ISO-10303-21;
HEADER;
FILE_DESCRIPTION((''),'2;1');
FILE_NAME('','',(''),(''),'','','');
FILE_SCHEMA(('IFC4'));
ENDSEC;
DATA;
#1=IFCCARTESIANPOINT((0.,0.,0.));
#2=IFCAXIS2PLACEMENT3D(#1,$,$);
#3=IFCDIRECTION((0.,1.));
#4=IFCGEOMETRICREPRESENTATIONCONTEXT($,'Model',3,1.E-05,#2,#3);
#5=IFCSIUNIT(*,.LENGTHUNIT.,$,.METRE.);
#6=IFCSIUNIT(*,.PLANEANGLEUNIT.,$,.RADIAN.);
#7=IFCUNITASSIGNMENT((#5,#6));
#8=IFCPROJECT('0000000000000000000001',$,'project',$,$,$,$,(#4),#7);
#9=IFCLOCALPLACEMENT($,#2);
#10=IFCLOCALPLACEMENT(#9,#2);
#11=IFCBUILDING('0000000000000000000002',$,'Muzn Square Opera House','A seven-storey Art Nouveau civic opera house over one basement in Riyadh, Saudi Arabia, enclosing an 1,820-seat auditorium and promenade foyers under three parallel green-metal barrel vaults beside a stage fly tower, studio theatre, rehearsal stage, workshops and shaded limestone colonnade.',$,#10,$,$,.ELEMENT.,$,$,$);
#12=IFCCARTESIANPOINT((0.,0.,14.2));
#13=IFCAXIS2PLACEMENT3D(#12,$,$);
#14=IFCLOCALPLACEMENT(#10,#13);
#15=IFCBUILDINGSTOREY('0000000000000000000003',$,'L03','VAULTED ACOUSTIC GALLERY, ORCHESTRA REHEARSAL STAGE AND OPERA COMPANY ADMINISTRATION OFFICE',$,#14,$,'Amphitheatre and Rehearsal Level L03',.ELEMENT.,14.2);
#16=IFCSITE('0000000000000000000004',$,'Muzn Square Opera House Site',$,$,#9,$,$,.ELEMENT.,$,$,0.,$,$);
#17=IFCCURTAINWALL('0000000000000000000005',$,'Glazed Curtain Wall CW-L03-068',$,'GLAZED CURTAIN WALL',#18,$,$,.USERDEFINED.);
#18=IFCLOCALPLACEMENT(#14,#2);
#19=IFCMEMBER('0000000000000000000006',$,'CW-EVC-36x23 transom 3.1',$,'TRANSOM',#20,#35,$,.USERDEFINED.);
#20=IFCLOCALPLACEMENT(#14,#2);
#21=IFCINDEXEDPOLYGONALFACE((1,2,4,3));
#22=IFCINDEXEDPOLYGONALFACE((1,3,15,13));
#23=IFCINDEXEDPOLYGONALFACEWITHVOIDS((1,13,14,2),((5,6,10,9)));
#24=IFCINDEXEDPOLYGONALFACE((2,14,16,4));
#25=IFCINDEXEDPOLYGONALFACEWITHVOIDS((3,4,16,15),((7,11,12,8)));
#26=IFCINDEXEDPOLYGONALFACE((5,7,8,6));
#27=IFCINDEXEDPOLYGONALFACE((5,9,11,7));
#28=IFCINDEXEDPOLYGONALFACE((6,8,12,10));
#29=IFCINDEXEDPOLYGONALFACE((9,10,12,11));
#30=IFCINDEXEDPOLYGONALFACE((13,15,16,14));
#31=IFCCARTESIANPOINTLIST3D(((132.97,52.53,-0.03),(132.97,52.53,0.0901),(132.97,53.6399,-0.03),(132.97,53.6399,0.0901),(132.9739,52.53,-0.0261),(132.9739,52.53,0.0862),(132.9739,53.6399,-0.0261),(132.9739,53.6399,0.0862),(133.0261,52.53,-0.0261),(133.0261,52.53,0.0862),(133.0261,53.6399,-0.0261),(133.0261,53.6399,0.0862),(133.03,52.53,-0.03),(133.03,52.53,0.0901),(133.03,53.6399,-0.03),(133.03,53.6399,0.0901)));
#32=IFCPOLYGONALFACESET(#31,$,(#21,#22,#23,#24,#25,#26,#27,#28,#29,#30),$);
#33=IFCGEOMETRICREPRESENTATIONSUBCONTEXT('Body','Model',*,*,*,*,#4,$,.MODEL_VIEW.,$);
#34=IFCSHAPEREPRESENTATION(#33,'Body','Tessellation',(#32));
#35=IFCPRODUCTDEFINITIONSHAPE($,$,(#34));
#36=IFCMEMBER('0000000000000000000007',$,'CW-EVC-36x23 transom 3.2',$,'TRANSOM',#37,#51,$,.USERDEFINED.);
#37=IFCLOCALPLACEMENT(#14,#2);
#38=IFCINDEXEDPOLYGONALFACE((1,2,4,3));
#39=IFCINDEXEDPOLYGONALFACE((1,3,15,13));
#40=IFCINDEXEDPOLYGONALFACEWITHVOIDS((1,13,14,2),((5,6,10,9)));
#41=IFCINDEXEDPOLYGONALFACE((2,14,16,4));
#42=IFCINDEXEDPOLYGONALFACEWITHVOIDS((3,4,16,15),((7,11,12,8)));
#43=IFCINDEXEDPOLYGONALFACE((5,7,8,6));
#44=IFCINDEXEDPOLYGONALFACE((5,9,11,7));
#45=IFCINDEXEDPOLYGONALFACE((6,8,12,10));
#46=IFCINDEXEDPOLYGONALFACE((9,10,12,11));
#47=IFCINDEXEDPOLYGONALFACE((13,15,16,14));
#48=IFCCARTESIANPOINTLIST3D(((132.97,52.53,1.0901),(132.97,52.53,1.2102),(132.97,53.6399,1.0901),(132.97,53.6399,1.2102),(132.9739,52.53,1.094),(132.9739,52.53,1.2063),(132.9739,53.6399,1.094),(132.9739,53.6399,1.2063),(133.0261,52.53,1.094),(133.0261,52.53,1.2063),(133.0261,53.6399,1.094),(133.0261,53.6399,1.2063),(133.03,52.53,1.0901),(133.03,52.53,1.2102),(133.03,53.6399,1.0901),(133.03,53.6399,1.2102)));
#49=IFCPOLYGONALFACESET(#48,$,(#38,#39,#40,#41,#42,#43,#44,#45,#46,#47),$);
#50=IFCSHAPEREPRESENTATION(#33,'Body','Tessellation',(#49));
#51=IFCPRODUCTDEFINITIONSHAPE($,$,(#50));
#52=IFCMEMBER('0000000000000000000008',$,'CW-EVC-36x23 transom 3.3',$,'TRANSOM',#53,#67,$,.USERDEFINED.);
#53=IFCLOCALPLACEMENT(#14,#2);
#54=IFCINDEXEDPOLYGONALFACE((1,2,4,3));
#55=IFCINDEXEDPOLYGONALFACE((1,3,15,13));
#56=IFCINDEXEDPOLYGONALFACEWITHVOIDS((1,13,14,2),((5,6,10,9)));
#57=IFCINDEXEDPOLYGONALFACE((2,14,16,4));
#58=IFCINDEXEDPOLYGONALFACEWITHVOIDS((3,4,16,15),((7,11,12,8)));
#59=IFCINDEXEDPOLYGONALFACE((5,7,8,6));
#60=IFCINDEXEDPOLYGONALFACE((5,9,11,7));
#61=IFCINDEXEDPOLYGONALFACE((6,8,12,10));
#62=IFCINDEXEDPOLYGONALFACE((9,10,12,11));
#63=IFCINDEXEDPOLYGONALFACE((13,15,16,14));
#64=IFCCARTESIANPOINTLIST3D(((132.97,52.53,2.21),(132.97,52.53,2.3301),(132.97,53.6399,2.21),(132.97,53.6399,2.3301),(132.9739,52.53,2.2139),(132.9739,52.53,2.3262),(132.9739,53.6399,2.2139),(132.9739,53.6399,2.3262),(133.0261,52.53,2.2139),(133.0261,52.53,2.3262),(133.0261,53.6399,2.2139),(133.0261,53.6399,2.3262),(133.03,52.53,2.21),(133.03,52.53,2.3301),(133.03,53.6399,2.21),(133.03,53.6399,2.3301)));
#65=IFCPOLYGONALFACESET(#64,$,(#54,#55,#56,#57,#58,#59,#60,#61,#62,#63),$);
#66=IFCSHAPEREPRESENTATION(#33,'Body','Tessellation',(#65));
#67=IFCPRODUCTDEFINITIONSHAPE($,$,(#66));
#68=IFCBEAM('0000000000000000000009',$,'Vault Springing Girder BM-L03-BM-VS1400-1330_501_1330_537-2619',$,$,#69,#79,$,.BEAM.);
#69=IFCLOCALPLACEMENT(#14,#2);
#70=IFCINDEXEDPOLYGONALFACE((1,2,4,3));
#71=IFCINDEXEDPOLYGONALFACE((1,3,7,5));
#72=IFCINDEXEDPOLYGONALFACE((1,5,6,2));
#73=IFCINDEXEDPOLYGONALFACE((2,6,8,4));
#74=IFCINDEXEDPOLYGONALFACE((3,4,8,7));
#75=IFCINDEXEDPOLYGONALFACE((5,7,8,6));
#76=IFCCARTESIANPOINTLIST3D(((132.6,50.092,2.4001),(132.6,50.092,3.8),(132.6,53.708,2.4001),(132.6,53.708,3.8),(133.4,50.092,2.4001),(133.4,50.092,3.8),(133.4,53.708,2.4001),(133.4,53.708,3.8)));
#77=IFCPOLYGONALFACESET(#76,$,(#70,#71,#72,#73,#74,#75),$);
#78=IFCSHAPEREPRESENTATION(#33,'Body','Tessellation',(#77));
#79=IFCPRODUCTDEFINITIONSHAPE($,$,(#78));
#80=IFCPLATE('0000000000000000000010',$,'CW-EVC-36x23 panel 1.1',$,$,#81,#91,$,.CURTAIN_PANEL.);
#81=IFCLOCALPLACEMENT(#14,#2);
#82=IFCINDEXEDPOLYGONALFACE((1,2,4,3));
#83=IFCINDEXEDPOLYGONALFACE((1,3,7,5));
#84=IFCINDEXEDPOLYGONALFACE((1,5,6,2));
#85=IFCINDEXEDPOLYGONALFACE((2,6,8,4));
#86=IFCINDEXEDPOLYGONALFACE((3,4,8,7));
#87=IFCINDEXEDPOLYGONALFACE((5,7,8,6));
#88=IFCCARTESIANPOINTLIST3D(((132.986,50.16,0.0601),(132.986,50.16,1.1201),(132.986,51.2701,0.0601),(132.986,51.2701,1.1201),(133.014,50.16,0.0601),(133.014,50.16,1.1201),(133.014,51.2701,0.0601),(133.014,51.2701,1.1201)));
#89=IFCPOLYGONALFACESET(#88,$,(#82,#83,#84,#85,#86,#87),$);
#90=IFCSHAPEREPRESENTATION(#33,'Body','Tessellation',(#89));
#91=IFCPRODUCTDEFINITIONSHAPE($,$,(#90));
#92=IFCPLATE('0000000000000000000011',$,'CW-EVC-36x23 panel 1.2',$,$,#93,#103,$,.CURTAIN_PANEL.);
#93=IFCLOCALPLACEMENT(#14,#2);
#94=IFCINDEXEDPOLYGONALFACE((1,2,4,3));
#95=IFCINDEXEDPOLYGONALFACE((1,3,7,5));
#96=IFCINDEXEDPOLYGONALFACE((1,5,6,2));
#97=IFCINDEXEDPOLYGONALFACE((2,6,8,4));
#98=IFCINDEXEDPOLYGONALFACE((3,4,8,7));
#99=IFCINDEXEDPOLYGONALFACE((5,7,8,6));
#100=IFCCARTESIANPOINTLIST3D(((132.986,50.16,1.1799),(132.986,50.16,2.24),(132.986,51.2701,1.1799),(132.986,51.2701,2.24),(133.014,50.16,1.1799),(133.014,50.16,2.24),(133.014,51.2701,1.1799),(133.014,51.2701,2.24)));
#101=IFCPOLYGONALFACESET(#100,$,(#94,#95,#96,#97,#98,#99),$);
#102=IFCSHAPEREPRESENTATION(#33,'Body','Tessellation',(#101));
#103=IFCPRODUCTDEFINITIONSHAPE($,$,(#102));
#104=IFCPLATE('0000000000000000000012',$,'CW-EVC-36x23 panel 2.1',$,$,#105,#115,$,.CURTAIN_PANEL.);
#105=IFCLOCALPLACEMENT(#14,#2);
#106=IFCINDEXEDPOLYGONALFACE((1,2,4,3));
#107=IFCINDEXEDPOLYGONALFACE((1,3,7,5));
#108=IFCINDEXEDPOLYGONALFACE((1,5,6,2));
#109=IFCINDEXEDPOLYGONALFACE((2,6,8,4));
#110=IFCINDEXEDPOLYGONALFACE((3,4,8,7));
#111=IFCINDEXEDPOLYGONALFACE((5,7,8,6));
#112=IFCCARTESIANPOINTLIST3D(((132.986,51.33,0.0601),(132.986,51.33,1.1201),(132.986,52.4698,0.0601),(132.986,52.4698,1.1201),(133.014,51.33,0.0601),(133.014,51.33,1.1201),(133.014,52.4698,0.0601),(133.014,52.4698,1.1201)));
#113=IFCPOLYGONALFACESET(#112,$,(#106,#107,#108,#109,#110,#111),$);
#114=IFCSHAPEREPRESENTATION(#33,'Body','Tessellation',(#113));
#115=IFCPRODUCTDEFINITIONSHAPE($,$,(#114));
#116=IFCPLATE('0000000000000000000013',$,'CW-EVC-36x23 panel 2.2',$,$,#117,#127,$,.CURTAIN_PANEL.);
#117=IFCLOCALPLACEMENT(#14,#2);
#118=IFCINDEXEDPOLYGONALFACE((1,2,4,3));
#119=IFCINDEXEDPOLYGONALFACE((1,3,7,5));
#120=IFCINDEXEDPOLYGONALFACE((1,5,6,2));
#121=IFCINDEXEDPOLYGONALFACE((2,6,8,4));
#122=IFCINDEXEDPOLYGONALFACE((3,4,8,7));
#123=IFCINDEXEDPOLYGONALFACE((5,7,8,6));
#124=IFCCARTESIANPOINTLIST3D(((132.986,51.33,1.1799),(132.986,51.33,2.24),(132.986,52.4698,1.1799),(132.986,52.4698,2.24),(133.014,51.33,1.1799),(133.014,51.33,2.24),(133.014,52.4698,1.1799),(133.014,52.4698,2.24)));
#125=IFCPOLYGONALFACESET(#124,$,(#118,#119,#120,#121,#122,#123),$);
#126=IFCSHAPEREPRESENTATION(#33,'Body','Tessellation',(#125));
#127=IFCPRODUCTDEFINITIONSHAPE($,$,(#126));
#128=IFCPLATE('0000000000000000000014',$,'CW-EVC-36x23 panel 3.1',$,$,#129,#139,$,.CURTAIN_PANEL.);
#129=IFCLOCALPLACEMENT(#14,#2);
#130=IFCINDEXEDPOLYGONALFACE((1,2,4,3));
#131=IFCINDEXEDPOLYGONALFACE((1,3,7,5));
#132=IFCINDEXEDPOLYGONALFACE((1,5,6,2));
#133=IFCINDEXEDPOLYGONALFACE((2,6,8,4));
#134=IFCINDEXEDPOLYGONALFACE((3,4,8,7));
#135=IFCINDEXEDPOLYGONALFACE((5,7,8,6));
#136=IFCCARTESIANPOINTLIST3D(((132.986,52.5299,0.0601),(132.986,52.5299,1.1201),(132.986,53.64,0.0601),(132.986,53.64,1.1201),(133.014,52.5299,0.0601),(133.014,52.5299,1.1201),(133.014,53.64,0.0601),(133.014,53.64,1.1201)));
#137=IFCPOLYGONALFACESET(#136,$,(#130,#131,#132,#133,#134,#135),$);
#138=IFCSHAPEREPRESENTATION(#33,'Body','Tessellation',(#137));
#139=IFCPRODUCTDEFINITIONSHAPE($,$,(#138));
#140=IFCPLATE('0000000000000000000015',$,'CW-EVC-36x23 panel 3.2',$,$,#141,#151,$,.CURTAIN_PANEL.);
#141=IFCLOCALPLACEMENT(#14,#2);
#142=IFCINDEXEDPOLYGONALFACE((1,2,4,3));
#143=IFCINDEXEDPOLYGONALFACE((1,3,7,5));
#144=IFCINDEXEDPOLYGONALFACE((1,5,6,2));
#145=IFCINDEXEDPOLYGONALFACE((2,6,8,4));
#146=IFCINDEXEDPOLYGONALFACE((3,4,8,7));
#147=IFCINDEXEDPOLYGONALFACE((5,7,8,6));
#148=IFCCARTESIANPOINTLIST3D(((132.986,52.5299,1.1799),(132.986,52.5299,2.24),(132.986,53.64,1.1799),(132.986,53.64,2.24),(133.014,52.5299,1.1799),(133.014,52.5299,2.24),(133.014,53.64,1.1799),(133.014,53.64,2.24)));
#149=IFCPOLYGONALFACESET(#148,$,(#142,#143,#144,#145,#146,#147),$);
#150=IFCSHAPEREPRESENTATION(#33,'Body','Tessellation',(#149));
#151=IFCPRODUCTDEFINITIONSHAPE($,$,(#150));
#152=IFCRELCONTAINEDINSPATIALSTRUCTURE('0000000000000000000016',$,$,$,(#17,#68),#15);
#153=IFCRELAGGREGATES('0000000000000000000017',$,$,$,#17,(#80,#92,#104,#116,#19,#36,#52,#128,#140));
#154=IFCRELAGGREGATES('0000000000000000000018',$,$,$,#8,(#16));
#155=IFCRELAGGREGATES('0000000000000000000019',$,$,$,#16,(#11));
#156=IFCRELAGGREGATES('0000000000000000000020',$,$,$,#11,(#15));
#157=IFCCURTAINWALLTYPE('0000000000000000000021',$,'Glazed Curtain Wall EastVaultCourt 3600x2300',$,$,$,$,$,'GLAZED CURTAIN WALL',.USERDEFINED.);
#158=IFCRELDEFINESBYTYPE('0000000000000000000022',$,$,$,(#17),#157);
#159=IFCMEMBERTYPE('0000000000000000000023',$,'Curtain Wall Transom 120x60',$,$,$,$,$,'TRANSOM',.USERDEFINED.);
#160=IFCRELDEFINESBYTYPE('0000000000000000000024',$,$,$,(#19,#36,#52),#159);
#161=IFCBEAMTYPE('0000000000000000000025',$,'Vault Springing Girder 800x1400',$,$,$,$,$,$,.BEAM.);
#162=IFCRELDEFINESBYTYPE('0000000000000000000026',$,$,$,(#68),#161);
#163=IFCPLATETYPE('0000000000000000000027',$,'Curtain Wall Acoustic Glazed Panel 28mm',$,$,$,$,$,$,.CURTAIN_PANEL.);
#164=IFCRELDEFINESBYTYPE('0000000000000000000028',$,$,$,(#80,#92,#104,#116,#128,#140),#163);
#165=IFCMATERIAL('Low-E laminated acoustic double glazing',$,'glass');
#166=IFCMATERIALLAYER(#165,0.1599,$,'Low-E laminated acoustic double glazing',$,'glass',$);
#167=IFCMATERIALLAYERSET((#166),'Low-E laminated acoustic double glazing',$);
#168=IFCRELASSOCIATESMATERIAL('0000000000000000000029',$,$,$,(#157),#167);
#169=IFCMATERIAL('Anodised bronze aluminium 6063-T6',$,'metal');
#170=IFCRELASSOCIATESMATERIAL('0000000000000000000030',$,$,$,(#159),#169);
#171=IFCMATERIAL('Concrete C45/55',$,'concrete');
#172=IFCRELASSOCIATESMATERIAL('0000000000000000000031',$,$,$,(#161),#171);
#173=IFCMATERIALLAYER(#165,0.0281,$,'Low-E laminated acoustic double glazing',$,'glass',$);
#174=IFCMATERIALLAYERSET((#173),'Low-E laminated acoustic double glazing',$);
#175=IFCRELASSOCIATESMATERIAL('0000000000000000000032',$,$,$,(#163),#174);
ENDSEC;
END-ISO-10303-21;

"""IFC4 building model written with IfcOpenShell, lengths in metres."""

from ifc_helpers import new_model, si_unit, direction, frame, origin, origin_2d, place, context, subcontext, project, spatial, rectangle, hollow_rectangle, extrude, material, layer, layer_set, material_profile, profile_set, type_object, element, aggregate, save


model = new_model("IFC4")

# Units and contexts
model_context = context("Model", 3, precision=1e-05, world=origin(), true_north=direction((0.0, 1.0)))
body_context = subcontext(model_context, "Body", "Model", "MODEL_VIEW")
ifc_project = project(units=[si_unit("LENGTHUNIT", "METRE"), si_unit("PLANEANGLEUNIT", "RADIAN")], contexts=[model_context])

# Site, building, storey
site_placement = place(None, origin())
site = spatial("IfcSite", under=ifc_project, at=site_placement, Name="Muzn Square Opera House Site", CompositionType="ELEMENT", RefElevation=0.0)
building_placement = place(site_placement, origin())
building = spatial("IfcBuilding", under=site, at=building_placement, Name="Muzn Square Opera House", Description="A seven-storey Art Nouveau civic opera house over one basement in Riyadh, Saudi Arabia, enclosing an 1,820-seat auditorium and promenade foyers under three parallel green-metal barrel vaults beside a stage fly tower, studio theatre, rehearsal stage, workshops and shaded limestone colonnade.", CompositionType="ELEMENT")
storey_placement = place(building_placement, frame((0.0, 0.0, 14.2)))
storey = spatial("IfcBuildingStorey", under=building, at=storey_placement, Name="L03", Description="VAULTED ACOUSTIC GALLERY, ORCHESTRA REHEARSAL STAGE AND OPERA COMPANY ADMINISTRATION OFFICE", LongName="Amphitheatre and Rehearsal Level L03", CompositionType="ELEMENT", Elevation=14.2)

# Shared definitions
ifc_material_1 = material(Name="Concrete C45/55", Category="concrete")

# Curtain wall, members
ifc_material_2 = material(Name="Low-E laminated acoustic double glazing", Category="glass")
ifc_layer_1 = layer(ifc_material_2, 0.1599, Name="Low-E laminated acoustic double glazing", Category="glass")
ifc_layer_set_1 = layer_set([ifc_layer_1], Name="Low-E laminated acoustic double glazing")
curtain_wall_type = type_object("IfcCurtainWallType", Name="Glazed Curtain Wall EastVaultCourt 3600x2300", ElementType="GLAZED CURTAIN WALL", PredefinedType="USERDEFINED", material=ifc_layer_set_1)
curtain_wall_placement = place(storey_placement, origin())
curtain_wall = element("IfcCurtainWall", 1, at=curtain_wall_placement, inside=storey, type_object=curtain_wall_type, Name="Glazed Curtain Wall CW-L03-068", ObjectType="GLAZED CURTAIN WALL", PredefinedType="USERDEFINED")
ifc_material_3 = material(Name="Anodised bronze aluminium 6063-T6", Category="metal")
ifc_material_profile_1 = material_profile(ifc_material_3, hollow_rectangle(XDim=0.0601, YDim=0.1201, WallThickness=0.0039, at=origin_2d()), Name="ALU 120x60x4", Category="metal")
ifc_profile_set_1 = profile_set([ifc_material_profile_1], Name="Anodised bronze aluminium 6063-T6")
member_type_1 = type_object("IfcMemberType", Name="Curtain Wall Transom 120x60", ElementType="TRANSOM", PredefinedType="USERDEFINED", material=ifc_profile_set_1)
member_1_placement = place(storey_placement, frame((133.0, 52.53, 0.03), z_axis=(0.0, 1.0, 0.0), x_axis=(-1.0, 0.0, 0.0)))
member_1 = element("IfcMember", 2, at=member_1_placement, type_object=member_type_1, Name="CW-EVC-36x23 transom 3.1", ObjectType="TRANSOM", PredefinedType="USERDEFINED", context=body_context, shape_type="SweptSolid", body=[
    extrude(hollow_rectangle(XDim=0.0601, YDim=0.1201, WallThickness=0.0039, at=origin_2d()), origin(), (0.0, 0.0, 1.0), 1.1099),
])
member_2_placement = place(storey_placement, frame((133.0, 52.53, 1.1501), z_axis=(0.0, 1.0, 0.0), x_axis=(-1.0, 0.0, 0.0)))
member_2 = element("IfcMember", 3, at=member_2_placement, type_object=member_type_1, Name="CW-EVC-36x23 transom 3.2", ObjectType="TRANSOM", PredefinedType="USERDEFINED", context=body_context, shape_type="SweptSolid", body=[
    extrude(hollow_rectangle(XDim=0.0601, YDim=0.1201, WallThickness=0.0039, at=origin_2d()), origin(), (0.0, 0.0, 1.0), 1.1099),
])
member_3_placement = place(storey_placement, frame((133.0, 52.53, 2.27), z_axis=(0.0, 1.0, 0.0), x_axis=(-1.0, 0.0, 0.0)))
member_3 = element("IfcMember", 4, at=member_3_placement, type_object=member_type_1, Name="CW-EVC-36x23 transom 3.3", ObjectType="TRANSOM", PredefinedType="USERDEFINED", context=body_context, shape_type="SweptSolid", body=[
    extrude(hollow_rectangle(XDim=0.0601, YDim=0.1201, WallThickness=0.0039, at=origin_2d()), origin(), (0.0, 0.0, 1.0), 1.1099),
])

# Beam
ifc_material_profile_2 = material_profile(ifc_material_1, rectangle(XDim=0.8, YDim=1.3999, at=origin_2d()), Name="RCB 800x1400", Category="concrete")
ifc_profile_set_2 = profile_set([ifc_material_profile_2], Name="Concrete C45/55")
beam_type = type_object("IfcBeamType", Name="Vault Springing Girder 800x1400", PredefinedType="BEAM", material=ifc_profile_set_2)
beam_placement = place(storey_placement, frame((133.0, 50.092, 3.1001), z_axis=(0.0, 1.0, 0.0), x_axis=(-1.0, 0.0, 0.0)))
element("IfcBeam", 5, at=beam_placement, inside=storey, type_object=beam_type, Name="Vault Springing Girder BM-L03-BM-VS1400-1330_501_1330_537-2619", PredefinedType="BEAM", context=body_context, shape_type="SweptSolid", body=[
    extrude(rectangle(XDim=0.8, YDim=1.3999, at=origin_2d()), origin(), (0.0, 0.0, 1.0), 3.616),
])

# Plates
ifc_layer_2 = layer(ifc_material_2, 0.0281, Name="Low-E laminated acoustic double glazing", Category="glass")
ifc_layer_set_2 = layer_set([ifc_layer_2], Name="Low-E laminated acoustic double glazing")
plate_type = type_object("IfcPlateType", Name="Curtain Wall Acoustic Glazed Panel 28mm", PredefinedType="CURTAIN_PANEL", material=ifc_layer_set_2)
plate_1_placement = place(storey_placement, frame((133.0, 50.7151, 0.0601), z_axis=(0.0, 0.0, 1.0), x_axis=(0.0, 1.0, 0.0)))
plate_1 = element("IfcPlate", 6, at=plate_1_placement, type_object=plate_type, Name="CW-EVC-36x23 panel 1.1", PredefinedType="CURTAIN_PANEL", context=body_context, shape_type="SweptSolid", body=[
    extrude(rectangle(XDim=1.1101, YDim=0.0281, at=origin_2d()), origin(), (0.0, 0.0, 1.0), 1.0601),
])
plate_2_placement = place(storey_placement, frame((133.0, 50.7151, 1.1799), z_axis=(0.0, 0.0, 1.0), x_axis=(0.0, 1.0, 0.0)))
plate_2 = element("IfcPlate", 7, at=plate_2_placement, type_object=plate_type, Name="CW-EVC-36x23 panel 1.2", PredefinedType="CURTAIN_PANEL", context=body_context, shape_type="SweptSolid", body=[
    extrude(rectangle(XDim=1.1101, YDim=0.0281, at=origin_2d()), origin(), (0.0, 0.0, 1.0), 1.0601),
])
plate_3_placement = place(storey_placement, frame((133.0, 51.8999, 0.0601), z_axis=(0.0, 0.0, 1.0), x_axis=(0.0, 1.0, 0.0)))
plate_3 = element("IfcPlate", 8, at=plate_3_placement, type_object=plate_type, Name="CW-EVC-36x23 panel 2.1", PredefinedType="CURTAIN_PANEL", context=body_context, shape_type="SweptSolid", body=[
    extrude(rectangle(XDim=1.1399, YDim=0.0281, at=origin_2d()), origin(), (0.0, 0.0, 1.0), 1.0601),
])
plate_4_placement = place(storey_placement, frame((133.0, 51.8999, 1.1799), z_axis=(0.0, 0.0, 1.0), x_axis=(0.0, 1.0, 0.0)))
plate_4 = element("IfcPlate", 9, at=plate_4_placement, type_object=plate_type, Name="CW-EVC-36x23 panel 2.2", PredefinedType="CURTAIN_PANEL", context=body_context, shape_type="SweptSolid", body=[
    extrude(rectangle(XDim=1.1399, YDim=0.0281, at=origin_2d()), origin(), (0.0, 0.0, 1.0), 1.0601),
])
plate_5_placement = place(storey_placement, frame((133.0, 53.085, 0.0601), z_axis=(0.0, 0.0, 1.0), x_axis=(0.0, 1.0, 0.0)))
plate_5 = element("IfcPlate", 10, at=plate_5_placement, type_object=plate_type, Name="CW-EVC-36x23 panel 3.1", PredefinedType="CURTAIN_PANEL", context=body_context, shape_type="SweptSolid", body=[
    extrude(rectangle(XDim=1.1101, YDim=0.0281, at=origin_2d()), origin(), (0.0, 0.0, 1.0), 1.0601),
])
plate_6_placement = place(storey_placement, frame((133.0, 53.085, 1.1799), z_axis=(0.0, 0.0, 1.0), x_axis=(0.0, 1.0, 0.0)))
plate_6 = element("IfcPlate", 11, at=plate_6_placement, type_object=plate_type, Name="CW-EVC-36x23 panel 3.2", PredefinedType="CURTAIN_PANEL", context=body_context, shape_type="SweptSolid", body=[
    extrude(rectangle(XDim=1.1101, YDim=0.0281, at=origin_2d()), origin(), (0.0, 0.0, 1.0), 1.0601),
])
aggregate(curtain_wall, [plate_1, plate_2, plate_3, plate_4, member_1, member_2, member_3, plate_5, plate_6])

save(model, "model.ifc")
